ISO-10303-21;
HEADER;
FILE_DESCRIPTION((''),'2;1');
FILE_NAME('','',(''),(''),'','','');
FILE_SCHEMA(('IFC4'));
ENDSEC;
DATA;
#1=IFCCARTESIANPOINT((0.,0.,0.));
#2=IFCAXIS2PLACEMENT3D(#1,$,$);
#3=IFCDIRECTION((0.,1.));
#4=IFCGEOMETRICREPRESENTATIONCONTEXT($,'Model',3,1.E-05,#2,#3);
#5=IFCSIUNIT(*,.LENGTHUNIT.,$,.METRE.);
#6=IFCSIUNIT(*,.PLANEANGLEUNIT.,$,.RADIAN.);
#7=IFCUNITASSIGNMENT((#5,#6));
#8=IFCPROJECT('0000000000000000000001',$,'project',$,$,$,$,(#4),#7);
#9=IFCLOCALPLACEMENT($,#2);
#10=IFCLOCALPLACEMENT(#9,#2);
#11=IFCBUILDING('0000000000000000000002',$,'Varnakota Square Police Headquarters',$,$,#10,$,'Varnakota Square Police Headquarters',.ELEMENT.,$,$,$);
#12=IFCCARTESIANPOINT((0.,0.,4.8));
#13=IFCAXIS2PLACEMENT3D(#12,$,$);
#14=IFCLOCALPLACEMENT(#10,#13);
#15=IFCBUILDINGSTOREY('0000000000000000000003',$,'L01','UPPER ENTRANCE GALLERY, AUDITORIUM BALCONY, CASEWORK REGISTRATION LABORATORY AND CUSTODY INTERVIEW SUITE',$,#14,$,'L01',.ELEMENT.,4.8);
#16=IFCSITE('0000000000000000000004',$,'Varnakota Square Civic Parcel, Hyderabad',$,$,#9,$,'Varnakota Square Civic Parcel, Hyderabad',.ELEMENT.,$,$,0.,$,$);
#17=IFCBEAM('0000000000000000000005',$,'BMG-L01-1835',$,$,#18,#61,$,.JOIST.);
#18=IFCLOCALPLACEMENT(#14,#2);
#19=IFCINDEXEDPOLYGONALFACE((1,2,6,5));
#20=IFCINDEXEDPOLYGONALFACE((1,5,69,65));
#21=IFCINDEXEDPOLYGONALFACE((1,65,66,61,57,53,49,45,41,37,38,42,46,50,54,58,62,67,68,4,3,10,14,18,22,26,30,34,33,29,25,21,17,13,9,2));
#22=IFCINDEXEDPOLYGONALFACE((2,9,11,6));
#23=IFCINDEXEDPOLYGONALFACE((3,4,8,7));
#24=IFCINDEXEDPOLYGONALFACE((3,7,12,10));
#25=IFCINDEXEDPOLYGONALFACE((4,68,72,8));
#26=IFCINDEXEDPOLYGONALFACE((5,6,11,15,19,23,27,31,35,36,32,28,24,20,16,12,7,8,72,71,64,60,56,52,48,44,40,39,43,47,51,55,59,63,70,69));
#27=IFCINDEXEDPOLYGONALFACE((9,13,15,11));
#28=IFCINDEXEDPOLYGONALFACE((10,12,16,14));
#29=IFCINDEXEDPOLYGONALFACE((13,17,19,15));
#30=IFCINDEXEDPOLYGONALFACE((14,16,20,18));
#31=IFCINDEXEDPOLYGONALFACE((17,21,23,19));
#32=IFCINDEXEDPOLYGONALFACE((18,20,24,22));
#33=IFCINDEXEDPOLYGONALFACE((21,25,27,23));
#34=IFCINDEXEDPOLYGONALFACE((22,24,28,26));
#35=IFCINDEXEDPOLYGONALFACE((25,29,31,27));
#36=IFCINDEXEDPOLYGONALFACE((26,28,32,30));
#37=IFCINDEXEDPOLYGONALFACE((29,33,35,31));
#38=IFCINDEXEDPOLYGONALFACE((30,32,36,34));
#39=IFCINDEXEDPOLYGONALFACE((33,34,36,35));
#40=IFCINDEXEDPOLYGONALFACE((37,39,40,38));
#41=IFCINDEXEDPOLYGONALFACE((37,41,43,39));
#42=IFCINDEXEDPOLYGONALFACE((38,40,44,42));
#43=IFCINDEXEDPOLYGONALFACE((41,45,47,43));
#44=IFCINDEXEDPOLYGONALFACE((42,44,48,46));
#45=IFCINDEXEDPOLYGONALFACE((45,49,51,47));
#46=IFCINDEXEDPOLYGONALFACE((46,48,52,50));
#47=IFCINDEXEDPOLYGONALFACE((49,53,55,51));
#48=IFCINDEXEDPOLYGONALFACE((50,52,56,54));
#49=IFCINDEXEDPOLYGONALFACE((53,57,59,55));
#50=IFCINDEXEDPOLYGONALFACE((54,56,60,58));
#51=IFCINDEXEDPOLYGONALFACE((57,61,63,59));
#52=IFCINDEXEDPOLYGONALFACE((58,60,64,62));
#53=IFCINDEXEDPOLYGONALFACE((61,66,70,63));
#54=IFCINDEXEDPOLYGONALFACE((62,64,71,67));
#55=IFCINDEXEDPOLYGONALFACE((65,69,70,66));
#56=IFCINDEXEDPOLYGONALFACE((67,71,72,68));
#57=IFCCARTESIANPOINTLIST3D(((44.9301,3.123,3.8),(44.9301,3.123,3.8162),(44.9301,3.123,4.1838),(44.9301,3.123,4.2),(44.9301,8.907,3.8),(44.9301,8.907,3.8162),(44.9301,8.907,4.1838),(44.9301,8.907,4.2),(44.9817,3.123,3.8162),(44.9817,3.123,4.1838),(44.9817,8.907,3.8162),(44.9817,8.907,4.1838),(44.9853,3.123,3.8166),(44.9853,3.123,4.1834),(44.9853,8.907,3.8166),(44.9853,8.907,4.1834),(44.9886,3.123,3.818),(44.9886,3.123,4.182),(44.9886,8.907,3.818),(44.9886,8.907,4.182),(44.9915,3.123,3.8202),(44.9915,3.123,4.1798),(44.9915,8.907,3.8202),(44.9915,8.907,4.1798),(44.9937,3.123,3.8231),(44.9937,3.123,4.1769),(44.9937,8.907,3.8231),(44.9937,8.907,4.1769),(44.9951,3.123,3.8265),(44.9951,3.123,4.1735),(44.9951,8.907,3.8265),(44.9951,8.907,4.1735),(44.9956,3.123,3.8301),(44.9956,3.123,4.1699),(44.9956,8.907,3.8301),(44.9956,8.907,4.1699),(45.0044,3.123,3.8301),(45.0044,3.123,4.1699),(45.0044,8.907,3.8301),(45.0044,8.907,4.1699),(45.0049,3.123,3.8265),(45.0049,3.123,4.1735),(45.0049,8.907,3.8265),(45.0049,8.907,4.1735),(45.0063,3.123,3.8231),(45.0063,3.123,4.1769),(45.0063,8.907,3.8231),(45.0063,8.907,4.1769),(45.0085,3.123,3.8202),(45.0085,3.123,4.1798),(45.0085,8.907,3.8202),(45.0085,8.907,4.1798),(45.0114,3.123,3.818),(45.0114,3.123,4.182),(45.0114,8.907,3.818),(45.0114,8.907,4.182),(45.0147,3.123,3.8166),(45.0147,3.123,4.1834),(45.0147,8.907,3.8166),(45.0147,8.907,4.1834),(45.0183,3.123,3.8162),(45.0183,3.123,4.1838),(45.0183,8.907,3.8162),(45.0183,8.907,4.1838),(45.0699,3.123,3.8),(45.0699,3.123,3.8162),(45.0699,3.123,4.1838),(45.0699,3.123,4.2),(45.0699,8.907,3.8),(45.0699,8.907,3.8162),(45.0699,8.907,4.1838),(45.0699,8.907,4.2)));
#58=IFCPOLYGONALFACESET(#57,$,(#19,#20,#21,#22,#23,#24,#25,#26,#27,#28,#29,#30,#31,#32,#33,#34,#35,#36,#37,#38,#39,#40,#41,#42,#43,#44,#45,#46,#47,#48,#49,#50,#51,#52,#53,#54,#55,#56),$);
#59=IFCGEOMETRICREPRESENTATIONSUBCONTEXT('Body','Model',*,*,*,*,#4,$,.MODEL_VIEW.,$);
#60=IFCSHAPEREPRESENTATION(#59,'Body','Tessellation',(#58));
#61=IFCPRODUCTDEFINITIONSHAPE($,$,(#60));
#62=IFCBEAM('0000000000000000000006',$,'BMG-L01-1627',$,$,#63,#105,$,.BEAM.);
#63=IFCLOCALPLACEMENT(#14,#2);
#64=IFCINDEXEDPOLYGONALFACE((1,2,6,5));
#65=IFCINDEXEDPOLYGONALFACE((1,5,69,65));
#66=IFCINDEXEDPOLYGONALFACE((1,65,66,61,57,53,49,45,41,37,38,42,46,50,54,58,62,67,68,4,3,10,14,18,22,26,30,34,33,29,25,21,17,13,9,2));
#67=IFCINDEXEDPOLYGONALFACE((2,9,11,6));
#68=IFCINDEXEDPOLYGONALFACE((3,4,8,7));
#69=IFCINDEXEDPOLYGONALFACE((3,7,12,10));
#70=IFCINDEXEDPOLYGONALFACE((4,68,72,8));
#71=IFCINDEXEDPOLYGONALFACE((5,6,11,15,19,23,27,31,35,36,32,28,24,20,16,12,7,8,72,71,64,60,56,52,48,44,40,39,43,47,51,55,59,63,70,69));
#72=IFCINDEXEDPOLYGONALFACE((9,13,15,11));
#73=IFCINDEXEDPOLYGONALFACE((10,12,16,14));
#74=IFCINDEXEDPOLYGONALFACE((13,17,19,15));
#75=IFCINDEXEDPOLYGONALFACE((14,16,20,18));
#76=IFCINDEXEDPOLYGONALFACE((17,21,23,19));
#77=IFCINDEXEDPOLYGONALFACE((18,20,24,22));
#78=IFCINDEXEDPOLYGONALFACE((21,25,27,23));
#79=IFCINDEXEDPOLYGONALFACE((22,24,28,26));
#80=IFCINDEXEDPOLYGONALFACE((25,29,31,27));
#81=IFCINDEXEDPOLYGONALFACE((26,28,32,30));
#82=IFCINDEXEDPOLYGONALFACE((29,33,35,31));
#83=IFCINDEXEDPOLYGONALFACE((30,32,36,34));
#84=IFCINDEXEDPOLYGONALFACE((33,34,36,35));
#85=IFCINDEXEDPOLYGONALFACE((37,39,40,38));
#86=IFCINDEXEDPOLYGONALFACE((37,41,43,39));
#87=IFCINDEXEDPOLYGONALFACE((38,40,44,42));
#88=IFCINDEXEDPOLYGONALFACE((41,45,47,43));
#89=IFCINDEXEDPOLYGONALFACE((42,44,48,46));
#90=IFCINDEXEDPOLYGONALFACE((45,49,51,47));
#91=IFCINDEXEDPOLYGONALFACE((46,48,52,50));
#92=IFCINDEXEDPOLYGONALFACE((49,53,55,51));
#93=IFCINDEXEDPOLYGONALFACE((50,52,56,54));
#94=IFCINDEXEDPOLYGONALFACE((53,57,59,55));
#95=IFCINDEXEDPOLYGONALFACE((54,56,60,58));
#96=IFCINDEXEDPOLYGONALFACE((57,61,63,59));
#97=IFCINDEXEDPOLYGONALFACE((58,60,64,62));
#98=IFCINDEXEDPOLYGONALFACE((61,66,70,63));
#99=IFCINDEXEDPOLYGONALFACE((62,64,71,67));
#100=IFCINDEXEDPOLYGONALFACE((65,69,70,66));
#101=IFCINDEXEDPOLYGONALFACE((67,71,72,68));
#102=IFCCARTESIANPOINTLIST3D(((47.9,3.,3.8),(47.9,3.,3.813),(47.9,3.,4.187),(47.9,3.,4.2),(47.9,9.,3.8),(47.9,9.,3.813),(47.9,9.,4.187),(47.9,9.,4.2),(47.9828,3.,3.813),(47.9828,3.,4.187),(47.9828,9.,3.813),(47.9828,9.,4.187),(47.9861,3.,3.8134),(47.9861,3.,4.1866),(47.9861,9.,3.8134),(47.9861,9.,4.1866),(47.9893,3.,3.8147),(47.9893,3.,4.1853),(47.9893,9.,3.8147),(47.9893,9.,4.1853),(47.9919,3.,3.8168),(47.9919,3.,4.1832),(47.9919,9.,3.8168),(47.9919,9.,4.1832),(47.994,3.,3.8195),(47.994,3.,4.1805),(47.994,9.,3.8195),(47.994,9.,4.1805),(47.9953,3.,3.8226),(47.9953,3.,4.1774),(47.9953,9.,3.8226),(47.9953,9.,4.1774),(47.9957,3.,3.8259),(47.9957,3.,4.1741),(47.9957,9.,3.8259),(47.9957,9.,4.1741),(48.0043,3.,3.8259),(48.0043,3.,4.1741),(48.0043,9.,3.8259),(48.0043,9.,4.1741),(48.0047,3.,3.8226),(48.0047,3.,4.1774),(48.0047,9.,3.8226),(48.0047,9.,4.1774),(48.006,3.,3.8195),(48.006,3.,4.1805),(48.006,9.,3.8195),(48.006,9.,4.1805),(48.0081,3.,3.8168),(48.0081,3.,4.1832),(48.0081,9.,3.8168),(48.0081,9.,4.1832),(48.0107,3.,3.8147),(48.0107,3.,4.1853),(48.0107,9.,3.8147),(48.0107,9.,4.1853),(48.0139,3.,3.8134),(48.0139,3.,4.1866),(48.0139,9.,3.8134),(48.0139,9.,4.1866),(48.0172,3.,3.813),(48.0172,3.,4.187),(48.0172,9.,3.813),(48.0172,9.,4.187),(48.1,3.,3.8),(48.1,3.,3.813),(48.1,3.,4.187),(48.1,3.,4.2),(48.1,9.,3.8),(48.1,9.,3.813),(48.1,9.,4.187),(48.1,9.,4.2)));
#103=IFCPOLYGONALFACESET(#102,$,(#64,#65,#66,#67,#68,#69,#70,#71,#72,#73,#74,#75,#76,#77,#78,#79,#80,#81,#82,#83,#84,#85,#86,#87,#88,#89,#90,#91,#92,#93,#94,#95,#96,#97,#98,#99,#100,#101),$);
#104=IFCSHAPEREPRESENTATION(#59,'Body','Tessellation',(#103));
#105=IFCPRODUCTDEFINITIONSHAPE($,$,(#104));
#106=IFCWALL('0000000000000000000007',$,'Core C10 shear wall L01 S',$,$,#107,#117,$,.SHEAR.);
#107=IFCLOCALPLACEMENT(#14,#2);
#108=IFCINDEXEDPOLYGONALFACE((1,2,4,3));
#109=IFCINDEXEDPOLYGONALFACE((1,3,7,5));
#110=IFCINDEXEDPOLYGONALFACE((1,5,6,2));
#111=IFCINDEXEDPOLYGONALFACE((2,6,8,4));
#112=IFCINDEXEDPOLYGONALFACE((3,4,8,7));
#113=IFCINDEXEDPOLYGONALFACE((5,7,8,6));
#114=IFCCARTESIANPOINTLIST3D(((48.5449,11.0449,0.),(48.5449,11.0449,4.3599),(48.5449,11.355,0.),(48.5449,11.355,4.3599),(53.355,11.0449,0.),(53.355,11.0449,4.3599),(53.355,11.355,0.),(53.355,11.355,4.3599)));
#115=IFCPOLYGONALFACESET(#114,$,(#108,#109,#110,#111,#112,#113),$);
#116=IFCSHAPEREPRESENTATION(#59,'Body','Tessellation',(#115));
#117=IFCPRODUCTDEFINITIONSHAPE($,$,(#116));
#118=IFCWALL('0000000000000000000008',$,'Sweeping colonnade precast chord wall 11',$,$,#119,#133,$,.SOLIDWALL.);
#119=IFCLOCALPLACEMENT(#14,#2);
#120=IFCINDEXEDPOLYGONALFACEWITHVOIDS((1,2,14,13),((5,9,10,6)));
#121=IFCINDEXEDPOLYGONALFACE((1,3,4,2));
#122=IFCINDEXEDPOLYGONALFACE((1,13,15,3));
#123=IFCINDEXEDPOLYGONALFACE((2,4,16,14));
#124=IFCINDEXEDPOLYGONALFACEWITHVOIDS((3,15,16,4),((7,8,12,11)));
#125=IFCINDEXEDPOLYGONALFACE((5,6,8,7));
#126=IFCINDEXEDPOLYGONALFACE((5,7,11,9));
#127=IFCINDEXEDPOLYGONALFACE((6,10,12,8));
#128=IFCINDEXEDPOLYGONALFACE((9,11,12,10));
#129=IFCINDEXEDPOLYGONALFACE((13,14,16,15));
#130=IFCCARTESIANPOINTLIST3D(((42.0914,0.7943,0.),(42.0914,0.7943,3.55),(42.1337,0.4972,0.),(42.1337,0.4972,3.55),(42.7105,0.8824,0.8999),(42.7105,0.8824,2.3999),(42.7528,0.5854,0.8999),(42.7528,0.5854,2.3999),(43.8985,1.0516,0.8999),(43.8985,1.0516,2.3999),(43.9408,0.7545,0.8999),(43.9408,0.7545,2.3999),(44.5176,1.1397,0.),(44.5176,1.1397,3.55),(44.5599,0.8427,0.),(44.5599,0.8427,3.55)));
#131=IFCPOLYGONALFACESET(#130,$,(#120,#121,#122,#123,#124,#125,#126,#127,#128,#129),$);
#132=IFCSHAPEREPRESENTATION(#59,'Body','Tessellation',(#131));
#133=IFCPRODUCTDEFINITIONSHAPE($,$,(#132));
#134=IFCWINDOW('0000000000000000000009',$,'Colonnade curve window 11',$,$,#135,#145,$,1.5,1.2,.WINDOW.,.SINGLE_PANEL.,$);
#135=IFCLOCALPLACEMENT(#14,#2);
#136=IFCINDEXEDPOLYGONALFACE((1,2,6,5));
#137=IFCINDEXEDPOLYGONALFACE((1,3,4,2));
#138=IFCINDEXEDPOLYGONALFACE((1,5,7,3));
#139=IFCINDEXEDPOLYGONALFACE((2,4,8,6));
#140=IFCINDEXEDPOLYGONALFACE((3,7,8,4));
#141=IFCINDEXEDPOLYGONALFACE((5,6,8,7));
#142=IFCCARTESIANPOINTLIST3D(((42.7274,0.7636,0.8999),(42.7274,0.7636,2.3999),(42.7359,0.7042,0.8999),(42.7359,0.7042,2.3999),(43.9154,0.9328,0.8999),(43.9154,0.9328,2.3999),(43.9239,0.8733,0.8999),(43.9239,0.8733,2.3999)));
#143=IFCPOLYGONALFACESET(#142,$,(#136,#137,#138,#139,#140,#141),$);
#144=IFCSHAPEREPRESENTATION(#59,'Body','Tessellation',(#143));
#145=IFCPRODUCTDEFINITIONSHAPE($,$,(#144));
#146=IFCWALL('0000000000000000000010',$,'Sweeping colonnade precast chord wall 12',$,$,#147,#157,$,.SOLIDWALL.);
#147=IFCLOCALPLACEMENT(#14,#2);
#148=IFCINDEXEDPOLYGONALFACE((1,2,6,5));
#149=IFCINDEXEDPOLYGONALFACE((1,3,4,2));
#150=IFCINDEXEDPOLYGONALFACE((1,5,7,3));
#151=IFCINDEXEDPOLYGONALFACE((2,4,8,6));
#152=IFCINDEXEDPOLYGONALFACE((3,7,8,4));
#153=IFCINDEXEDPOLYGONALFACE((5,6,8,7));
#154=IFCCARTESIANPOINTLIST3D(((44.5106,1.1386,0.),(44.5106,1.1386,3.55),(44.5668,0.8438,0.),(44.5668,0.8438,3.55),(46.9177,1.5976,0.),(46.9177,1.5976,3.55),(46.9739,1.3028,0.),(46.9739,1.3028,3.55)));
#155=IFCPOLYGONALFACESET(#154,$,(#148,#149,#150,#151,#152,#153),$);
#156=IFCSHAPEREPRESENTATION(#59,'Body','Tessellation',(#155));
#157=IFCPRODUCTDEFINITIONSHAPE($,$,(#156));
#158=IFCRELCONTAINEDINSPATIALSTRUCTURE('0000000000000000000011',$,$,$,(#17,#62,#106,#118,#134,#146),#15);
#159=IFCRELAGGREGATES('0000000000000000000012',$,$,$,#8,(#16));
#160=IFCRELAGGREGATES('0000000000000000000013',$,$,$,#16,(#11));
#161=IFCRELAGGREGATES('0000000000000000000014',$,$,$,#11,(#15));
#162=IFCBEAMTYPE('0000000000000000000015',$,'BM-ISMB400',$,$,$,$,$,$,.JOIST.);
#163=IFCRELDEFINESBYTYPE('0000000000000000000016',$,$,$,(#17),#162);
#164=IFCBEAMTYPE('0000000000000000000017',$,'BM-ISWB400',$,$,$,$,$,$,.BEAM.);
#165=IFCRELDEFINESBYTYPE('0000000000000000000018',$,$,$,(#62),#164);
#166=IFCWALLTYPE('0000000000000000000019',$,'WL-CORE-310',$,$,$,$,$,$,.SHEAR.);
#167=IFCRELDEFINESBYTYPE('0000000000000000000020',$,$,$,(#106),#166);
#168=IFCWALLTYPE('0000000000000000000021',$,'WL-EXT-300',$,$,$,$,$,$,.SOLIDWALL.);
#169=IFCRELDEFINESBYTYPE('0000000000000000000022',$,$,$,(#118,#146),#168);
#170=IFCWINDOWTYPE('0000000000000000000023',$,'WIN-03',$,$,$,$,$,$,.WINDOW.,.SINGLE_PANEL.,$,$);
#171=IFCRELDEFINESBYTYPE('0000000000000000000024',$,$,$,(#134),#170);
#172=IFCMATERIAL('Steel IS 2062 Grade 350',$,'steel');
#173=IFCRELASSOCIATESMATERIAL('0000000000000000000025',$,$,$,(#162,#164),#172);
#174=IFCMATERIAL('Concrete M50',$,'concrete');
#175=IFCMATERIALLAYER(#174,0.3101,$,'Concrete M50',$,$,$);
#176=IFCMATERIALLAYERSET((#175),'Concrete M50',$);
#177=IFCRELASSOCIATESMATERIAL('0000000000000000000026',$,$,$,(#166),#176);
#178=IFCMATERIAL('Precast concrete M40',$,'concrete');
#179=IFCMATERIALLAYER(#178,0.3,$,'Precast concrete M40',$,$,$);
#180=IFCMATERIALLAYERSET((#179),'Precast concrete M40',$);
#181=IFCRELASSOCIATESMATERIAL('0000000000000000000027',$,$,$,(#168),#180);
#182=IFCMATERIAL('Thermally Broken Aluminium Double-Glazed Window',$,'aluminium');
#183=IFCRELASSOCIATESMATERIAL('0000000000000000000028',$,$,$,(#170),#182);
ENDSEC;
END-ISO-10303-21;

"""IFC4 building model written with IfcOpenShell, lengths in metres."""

from ifc_helpers import new_model, si_unit, direction, frame, frame_2d, origin, origin_2d, place, context, subcontext, project, spatial, rectangle, i_section, extrude, material, layer, layer_set, material_profile, profile_set, type_object, element, fill, save


model = new_model("IFC4")

# Units and contexts
model_context = context("Model", 3, precision=1e-05, world=origin(), true_north=direction((0.0, 1.0)))
body_context = subcontext(model_context, "Body", "Model", "MODEL_VIEW")
ifc_project = project(units=[si_unit("LENGTHUNIT", "METRE"), si_unit("PLANEANGLEUNIT", "RADIAN")], contexts=[model_context])

# Site, building, storey
site_placement = place(None, origin())
site = spatial("IfcSite", under=ifc_project, at=site_placement, Name="Varnakota Square Civic Parcel, Hyderabad", LongName="Varnakota Square Civic Parcel, Hyderabad", CompositionType="ELEMENT", RefElevation=0.0)
building_placement = place(site_placement, origin())
building = spatial("IfcBuilding", under=site, at=building_placement, Name="Varnakota Square Police Headquarters", LongName="Varnakota Square Police Headquarters", CompositionType="ELEMENT")
storey_placement = place(building_placement, frame((0.0, 0.0, 4.8)))
storey = spatial("IfcBuildingStorey", under=building, at=storey_placement, Name="L01", Description="UPPER ENTRANCE GALLERY, AUDITORIUM BALCONY, CASEWORK REGISTRATION LABORATORY AND CUSTODY INTERVIEW SUITE", LongName="L01", CompositionType="ELEMENT", Elevation=4.8)

# Shared definitions
ifc_material_1 = material(Name="Steel IS 2062 Grade 350", Category="steel")

# Beams
ifc_material_profile_1 = material_profile(ifc_material_1, i_section(OverallWidth=0.1399, OverallDepth=0.3999, WebThickness=0.0088, FlangeThickness=0.0161, FilletRadius=0.0139, at=origin_2d()), Name="ISMB 400")
ifc_profile_set_1 = profile_set([ifc_material_profile_1], Name="Steel IS 2062 Grade 350")
beam_type_1 = type_object("IfcBeamType", Name="BM-ISMB400", PredefinedType="JOIST", material=ifc_profile_set_1)
beam_1_placement = place(storey_placement, frame((45.0, 3.123, 4.0), z_axis=(0.0, 1.0, 0.0), x_axis=(-1.0, 0.0, 0.0)))
element("IfcBeam", 1, at=beam_1_placement, inside=storey, type_object=beam_type_1, Name="BMG-L01-1835", PredefinedType="JOIST", context=body_context, shape_type="SweptSolid", body=[
    extrude(i_section(OverallWidth=0.1399, OverallDepth=0.3999, WebThickness=0.0088, FlangeThickness=0.0161, FilletRadius=0.0139, at=origin_2d()), origin(), (0.0, 0.0, 1.0), 5.7839),
])
ifc_material_profile_2 = material_profile(ifc_material_1, i_section(OverallWidth=0.2, OverallDepth=0.3999, WebThickness=0.0085, FlangeThickness=0.0129, FilletRadius=0.0129, at=origin_2d()), Name="ISWB 400")
ifc_profile_set_2 = profile_set([ifc_material_profile_2], Name="Steel IS 2062 Grade 350")
beam_type_2 = type_object("IfcBeamType", Name="BM-ISWB400", PredefinedType="BEAM", material=ifc_profile_set_2)
beam_2_placement = place(storey_placement, frame((48.0, 3.0, 4.0), z_axis=(0.0, 1.0, 0.0), x_axis=(-1.0, 0.0, 0.0)))
element("IfcBeam", 2, at=beam_2_placement, inside=storey, type_object=beam_type_2, Name="BMG-L01-1627", PredefinedType="BEAM", context=body_context, shape_type="SweptSolid", body=[
    extrude(i_section(OverallWidth=0.2, OverallDepth=0.3999, WebThickness=0.0085, FlangeThickness=0.0129, FilletRadius=0.0129, at=origin_2d()), origin(), (0.0, 0.0, 1.0), 6.0),
])

# Wall
ifc_material_2 = material(Name="Concrete M50", Category="concrete")
ifc_layer_1 = layer(ifc_material_2, 0.3101, Name="Concrete M50")
ifc_layer_set_1 = layer_set([ifc_layer_1], Name="Concrete M50")
wall_type_1 = type_object("IfcWallType", Name="WL-CORE-310", PredefinedType="SHEAR", material=ifc_layer_set_1)
wall_1_placement = place(storey_placement, frame((48.5449, 11.2, 0.0), z_axis=(0.0, 0.0, 1.0), x_axis=(1.0, 0.0, 0.0)))
element("IfcWall", 3, at=wall_1_placement, inside=storey, type_object=wall_type_1, Name="Core C10 shear wall L01 S", PredefinedType="SHEAR", context=body_context, shape_type="SweptSolid", body=[
    extrude(rectangle(XDim=4.8101, YDim=0.3101, at=frame_2d((2.405, 0.0))), origin(), (0.0, 0.0, 1.0), 4.3599),
])

# Wall, opening, window
ifc_material_3 = material(Name="Precast concrete M40", Category="concrete")
ifc_layer_2 = layer(ifc_material_3, 0.3, Name="Precast concrete M40")
ifc_layer_set_2 = layer_set([ifc_layer_2], Name="Precast concrete M40")
wall_type_2 = type_object("IfcWallType", Name="WL-EXT-300", PredefinedType="SOLIDWALL", material=ifc_layer_set_2)
wall_2_placement = place(storey_placement, frame((42.1125, 0.6458, 0.0), z_axis=(0.0, 0.0, 1.0), x_axis=(0.990015, 0.140961, 0.0)))
wall_2 = element("IfcWall", 4, at=wall_2_placement, inside=storey, type_object=wall_type_2, Name="Sweeping colonnade precast chord wall 11", PredefinedType="SOLIDWALL", context=body_context, shape_type="SweptSolid", body=[
    extrude(rectangle(XDim=2.4507, YDim=0.3, at=frame_2d((1.2253, 0.0))), origin(), (0.0, 0.0, 1.0), 3.55),
])
opening_1_placement = place(wall_2_placement, frame((0.6252, 0.0, 0.8999)))
opening_1 = element("IfcOpeningElement", 5, at=opening_1_placement, cuts=wall_2, PredefinedType="OPENING", context=body_context, shape_type="SweptSolid", body=[
    extrude(rectangle(XDim=1.2, YDim=1.5, at=frame_2d((0.6001, 0.75))), frame((0.0, 0.1599, 0.0), z_axis=(0.0, -1.0, 0.0), x_axis=(1.0, 0.0, 0.0)), (0.0, 0.0, 1.0), 0.3201),
])
ifc_material_4 = material(Name="Thermally Broken Aluminium Double-Glazed Window", Category="aluminium")
window_type_1 = type_object("IfcWindowType", Name="WIN-03", PartitioningType="SINGLE_PANEL", PredefinedType="WINDOW", material=ifc_material_4)
window_1_placement = place(opening_1_placement, origin())
window_1 = element("IfcWindow", 6, at=window_1_placement, inside=storey, type_object=window_type_1, Name="Colonnade curve window 11", OverallHeight=1.5, OverallWidth=1.2, PartitioningType="SINGLE_PANEL", PredefinedType="WINDOW", context=body_context, shape_type="SweptSolid", body=[
    extrude(rectangle(XDim=1.2, YDim=1.5, at=frame_2d((0.6001, 0.75))), frame((0.0, 0.03, 0.0), z_axis=(0.0, -1.0, 0.0), x_axis=(1.0, 0.0, 0.0)), (0.0, 0.0, 1.0), 0.0601),
])
fill(opening_1, window_1)

# Wall
wall_3_placement = place(storey_placement, frame((44.5388, 0.9912, 0.0), z_axis=(0.0, 0.0, 1.0), x_axis=(0.9823, 0.187314, 0.0)))
element("IfcWall", 7, at=wall_3_placement, inside=storey, type_object=wall_type_2, Name="Sweeping colonnade precast chord wall 12", PredefinedType="SOLIDWALL", context=body_context, shape_type="SweptSolid", body=[
    extrude(rectangle(XDim=2.4504, YDim=0.3, at=frame_2d((1.2251, 0.0))), origin(), (0.0, 0.0, 1.0), 3.55),
])

save(model, "model.ifc")
